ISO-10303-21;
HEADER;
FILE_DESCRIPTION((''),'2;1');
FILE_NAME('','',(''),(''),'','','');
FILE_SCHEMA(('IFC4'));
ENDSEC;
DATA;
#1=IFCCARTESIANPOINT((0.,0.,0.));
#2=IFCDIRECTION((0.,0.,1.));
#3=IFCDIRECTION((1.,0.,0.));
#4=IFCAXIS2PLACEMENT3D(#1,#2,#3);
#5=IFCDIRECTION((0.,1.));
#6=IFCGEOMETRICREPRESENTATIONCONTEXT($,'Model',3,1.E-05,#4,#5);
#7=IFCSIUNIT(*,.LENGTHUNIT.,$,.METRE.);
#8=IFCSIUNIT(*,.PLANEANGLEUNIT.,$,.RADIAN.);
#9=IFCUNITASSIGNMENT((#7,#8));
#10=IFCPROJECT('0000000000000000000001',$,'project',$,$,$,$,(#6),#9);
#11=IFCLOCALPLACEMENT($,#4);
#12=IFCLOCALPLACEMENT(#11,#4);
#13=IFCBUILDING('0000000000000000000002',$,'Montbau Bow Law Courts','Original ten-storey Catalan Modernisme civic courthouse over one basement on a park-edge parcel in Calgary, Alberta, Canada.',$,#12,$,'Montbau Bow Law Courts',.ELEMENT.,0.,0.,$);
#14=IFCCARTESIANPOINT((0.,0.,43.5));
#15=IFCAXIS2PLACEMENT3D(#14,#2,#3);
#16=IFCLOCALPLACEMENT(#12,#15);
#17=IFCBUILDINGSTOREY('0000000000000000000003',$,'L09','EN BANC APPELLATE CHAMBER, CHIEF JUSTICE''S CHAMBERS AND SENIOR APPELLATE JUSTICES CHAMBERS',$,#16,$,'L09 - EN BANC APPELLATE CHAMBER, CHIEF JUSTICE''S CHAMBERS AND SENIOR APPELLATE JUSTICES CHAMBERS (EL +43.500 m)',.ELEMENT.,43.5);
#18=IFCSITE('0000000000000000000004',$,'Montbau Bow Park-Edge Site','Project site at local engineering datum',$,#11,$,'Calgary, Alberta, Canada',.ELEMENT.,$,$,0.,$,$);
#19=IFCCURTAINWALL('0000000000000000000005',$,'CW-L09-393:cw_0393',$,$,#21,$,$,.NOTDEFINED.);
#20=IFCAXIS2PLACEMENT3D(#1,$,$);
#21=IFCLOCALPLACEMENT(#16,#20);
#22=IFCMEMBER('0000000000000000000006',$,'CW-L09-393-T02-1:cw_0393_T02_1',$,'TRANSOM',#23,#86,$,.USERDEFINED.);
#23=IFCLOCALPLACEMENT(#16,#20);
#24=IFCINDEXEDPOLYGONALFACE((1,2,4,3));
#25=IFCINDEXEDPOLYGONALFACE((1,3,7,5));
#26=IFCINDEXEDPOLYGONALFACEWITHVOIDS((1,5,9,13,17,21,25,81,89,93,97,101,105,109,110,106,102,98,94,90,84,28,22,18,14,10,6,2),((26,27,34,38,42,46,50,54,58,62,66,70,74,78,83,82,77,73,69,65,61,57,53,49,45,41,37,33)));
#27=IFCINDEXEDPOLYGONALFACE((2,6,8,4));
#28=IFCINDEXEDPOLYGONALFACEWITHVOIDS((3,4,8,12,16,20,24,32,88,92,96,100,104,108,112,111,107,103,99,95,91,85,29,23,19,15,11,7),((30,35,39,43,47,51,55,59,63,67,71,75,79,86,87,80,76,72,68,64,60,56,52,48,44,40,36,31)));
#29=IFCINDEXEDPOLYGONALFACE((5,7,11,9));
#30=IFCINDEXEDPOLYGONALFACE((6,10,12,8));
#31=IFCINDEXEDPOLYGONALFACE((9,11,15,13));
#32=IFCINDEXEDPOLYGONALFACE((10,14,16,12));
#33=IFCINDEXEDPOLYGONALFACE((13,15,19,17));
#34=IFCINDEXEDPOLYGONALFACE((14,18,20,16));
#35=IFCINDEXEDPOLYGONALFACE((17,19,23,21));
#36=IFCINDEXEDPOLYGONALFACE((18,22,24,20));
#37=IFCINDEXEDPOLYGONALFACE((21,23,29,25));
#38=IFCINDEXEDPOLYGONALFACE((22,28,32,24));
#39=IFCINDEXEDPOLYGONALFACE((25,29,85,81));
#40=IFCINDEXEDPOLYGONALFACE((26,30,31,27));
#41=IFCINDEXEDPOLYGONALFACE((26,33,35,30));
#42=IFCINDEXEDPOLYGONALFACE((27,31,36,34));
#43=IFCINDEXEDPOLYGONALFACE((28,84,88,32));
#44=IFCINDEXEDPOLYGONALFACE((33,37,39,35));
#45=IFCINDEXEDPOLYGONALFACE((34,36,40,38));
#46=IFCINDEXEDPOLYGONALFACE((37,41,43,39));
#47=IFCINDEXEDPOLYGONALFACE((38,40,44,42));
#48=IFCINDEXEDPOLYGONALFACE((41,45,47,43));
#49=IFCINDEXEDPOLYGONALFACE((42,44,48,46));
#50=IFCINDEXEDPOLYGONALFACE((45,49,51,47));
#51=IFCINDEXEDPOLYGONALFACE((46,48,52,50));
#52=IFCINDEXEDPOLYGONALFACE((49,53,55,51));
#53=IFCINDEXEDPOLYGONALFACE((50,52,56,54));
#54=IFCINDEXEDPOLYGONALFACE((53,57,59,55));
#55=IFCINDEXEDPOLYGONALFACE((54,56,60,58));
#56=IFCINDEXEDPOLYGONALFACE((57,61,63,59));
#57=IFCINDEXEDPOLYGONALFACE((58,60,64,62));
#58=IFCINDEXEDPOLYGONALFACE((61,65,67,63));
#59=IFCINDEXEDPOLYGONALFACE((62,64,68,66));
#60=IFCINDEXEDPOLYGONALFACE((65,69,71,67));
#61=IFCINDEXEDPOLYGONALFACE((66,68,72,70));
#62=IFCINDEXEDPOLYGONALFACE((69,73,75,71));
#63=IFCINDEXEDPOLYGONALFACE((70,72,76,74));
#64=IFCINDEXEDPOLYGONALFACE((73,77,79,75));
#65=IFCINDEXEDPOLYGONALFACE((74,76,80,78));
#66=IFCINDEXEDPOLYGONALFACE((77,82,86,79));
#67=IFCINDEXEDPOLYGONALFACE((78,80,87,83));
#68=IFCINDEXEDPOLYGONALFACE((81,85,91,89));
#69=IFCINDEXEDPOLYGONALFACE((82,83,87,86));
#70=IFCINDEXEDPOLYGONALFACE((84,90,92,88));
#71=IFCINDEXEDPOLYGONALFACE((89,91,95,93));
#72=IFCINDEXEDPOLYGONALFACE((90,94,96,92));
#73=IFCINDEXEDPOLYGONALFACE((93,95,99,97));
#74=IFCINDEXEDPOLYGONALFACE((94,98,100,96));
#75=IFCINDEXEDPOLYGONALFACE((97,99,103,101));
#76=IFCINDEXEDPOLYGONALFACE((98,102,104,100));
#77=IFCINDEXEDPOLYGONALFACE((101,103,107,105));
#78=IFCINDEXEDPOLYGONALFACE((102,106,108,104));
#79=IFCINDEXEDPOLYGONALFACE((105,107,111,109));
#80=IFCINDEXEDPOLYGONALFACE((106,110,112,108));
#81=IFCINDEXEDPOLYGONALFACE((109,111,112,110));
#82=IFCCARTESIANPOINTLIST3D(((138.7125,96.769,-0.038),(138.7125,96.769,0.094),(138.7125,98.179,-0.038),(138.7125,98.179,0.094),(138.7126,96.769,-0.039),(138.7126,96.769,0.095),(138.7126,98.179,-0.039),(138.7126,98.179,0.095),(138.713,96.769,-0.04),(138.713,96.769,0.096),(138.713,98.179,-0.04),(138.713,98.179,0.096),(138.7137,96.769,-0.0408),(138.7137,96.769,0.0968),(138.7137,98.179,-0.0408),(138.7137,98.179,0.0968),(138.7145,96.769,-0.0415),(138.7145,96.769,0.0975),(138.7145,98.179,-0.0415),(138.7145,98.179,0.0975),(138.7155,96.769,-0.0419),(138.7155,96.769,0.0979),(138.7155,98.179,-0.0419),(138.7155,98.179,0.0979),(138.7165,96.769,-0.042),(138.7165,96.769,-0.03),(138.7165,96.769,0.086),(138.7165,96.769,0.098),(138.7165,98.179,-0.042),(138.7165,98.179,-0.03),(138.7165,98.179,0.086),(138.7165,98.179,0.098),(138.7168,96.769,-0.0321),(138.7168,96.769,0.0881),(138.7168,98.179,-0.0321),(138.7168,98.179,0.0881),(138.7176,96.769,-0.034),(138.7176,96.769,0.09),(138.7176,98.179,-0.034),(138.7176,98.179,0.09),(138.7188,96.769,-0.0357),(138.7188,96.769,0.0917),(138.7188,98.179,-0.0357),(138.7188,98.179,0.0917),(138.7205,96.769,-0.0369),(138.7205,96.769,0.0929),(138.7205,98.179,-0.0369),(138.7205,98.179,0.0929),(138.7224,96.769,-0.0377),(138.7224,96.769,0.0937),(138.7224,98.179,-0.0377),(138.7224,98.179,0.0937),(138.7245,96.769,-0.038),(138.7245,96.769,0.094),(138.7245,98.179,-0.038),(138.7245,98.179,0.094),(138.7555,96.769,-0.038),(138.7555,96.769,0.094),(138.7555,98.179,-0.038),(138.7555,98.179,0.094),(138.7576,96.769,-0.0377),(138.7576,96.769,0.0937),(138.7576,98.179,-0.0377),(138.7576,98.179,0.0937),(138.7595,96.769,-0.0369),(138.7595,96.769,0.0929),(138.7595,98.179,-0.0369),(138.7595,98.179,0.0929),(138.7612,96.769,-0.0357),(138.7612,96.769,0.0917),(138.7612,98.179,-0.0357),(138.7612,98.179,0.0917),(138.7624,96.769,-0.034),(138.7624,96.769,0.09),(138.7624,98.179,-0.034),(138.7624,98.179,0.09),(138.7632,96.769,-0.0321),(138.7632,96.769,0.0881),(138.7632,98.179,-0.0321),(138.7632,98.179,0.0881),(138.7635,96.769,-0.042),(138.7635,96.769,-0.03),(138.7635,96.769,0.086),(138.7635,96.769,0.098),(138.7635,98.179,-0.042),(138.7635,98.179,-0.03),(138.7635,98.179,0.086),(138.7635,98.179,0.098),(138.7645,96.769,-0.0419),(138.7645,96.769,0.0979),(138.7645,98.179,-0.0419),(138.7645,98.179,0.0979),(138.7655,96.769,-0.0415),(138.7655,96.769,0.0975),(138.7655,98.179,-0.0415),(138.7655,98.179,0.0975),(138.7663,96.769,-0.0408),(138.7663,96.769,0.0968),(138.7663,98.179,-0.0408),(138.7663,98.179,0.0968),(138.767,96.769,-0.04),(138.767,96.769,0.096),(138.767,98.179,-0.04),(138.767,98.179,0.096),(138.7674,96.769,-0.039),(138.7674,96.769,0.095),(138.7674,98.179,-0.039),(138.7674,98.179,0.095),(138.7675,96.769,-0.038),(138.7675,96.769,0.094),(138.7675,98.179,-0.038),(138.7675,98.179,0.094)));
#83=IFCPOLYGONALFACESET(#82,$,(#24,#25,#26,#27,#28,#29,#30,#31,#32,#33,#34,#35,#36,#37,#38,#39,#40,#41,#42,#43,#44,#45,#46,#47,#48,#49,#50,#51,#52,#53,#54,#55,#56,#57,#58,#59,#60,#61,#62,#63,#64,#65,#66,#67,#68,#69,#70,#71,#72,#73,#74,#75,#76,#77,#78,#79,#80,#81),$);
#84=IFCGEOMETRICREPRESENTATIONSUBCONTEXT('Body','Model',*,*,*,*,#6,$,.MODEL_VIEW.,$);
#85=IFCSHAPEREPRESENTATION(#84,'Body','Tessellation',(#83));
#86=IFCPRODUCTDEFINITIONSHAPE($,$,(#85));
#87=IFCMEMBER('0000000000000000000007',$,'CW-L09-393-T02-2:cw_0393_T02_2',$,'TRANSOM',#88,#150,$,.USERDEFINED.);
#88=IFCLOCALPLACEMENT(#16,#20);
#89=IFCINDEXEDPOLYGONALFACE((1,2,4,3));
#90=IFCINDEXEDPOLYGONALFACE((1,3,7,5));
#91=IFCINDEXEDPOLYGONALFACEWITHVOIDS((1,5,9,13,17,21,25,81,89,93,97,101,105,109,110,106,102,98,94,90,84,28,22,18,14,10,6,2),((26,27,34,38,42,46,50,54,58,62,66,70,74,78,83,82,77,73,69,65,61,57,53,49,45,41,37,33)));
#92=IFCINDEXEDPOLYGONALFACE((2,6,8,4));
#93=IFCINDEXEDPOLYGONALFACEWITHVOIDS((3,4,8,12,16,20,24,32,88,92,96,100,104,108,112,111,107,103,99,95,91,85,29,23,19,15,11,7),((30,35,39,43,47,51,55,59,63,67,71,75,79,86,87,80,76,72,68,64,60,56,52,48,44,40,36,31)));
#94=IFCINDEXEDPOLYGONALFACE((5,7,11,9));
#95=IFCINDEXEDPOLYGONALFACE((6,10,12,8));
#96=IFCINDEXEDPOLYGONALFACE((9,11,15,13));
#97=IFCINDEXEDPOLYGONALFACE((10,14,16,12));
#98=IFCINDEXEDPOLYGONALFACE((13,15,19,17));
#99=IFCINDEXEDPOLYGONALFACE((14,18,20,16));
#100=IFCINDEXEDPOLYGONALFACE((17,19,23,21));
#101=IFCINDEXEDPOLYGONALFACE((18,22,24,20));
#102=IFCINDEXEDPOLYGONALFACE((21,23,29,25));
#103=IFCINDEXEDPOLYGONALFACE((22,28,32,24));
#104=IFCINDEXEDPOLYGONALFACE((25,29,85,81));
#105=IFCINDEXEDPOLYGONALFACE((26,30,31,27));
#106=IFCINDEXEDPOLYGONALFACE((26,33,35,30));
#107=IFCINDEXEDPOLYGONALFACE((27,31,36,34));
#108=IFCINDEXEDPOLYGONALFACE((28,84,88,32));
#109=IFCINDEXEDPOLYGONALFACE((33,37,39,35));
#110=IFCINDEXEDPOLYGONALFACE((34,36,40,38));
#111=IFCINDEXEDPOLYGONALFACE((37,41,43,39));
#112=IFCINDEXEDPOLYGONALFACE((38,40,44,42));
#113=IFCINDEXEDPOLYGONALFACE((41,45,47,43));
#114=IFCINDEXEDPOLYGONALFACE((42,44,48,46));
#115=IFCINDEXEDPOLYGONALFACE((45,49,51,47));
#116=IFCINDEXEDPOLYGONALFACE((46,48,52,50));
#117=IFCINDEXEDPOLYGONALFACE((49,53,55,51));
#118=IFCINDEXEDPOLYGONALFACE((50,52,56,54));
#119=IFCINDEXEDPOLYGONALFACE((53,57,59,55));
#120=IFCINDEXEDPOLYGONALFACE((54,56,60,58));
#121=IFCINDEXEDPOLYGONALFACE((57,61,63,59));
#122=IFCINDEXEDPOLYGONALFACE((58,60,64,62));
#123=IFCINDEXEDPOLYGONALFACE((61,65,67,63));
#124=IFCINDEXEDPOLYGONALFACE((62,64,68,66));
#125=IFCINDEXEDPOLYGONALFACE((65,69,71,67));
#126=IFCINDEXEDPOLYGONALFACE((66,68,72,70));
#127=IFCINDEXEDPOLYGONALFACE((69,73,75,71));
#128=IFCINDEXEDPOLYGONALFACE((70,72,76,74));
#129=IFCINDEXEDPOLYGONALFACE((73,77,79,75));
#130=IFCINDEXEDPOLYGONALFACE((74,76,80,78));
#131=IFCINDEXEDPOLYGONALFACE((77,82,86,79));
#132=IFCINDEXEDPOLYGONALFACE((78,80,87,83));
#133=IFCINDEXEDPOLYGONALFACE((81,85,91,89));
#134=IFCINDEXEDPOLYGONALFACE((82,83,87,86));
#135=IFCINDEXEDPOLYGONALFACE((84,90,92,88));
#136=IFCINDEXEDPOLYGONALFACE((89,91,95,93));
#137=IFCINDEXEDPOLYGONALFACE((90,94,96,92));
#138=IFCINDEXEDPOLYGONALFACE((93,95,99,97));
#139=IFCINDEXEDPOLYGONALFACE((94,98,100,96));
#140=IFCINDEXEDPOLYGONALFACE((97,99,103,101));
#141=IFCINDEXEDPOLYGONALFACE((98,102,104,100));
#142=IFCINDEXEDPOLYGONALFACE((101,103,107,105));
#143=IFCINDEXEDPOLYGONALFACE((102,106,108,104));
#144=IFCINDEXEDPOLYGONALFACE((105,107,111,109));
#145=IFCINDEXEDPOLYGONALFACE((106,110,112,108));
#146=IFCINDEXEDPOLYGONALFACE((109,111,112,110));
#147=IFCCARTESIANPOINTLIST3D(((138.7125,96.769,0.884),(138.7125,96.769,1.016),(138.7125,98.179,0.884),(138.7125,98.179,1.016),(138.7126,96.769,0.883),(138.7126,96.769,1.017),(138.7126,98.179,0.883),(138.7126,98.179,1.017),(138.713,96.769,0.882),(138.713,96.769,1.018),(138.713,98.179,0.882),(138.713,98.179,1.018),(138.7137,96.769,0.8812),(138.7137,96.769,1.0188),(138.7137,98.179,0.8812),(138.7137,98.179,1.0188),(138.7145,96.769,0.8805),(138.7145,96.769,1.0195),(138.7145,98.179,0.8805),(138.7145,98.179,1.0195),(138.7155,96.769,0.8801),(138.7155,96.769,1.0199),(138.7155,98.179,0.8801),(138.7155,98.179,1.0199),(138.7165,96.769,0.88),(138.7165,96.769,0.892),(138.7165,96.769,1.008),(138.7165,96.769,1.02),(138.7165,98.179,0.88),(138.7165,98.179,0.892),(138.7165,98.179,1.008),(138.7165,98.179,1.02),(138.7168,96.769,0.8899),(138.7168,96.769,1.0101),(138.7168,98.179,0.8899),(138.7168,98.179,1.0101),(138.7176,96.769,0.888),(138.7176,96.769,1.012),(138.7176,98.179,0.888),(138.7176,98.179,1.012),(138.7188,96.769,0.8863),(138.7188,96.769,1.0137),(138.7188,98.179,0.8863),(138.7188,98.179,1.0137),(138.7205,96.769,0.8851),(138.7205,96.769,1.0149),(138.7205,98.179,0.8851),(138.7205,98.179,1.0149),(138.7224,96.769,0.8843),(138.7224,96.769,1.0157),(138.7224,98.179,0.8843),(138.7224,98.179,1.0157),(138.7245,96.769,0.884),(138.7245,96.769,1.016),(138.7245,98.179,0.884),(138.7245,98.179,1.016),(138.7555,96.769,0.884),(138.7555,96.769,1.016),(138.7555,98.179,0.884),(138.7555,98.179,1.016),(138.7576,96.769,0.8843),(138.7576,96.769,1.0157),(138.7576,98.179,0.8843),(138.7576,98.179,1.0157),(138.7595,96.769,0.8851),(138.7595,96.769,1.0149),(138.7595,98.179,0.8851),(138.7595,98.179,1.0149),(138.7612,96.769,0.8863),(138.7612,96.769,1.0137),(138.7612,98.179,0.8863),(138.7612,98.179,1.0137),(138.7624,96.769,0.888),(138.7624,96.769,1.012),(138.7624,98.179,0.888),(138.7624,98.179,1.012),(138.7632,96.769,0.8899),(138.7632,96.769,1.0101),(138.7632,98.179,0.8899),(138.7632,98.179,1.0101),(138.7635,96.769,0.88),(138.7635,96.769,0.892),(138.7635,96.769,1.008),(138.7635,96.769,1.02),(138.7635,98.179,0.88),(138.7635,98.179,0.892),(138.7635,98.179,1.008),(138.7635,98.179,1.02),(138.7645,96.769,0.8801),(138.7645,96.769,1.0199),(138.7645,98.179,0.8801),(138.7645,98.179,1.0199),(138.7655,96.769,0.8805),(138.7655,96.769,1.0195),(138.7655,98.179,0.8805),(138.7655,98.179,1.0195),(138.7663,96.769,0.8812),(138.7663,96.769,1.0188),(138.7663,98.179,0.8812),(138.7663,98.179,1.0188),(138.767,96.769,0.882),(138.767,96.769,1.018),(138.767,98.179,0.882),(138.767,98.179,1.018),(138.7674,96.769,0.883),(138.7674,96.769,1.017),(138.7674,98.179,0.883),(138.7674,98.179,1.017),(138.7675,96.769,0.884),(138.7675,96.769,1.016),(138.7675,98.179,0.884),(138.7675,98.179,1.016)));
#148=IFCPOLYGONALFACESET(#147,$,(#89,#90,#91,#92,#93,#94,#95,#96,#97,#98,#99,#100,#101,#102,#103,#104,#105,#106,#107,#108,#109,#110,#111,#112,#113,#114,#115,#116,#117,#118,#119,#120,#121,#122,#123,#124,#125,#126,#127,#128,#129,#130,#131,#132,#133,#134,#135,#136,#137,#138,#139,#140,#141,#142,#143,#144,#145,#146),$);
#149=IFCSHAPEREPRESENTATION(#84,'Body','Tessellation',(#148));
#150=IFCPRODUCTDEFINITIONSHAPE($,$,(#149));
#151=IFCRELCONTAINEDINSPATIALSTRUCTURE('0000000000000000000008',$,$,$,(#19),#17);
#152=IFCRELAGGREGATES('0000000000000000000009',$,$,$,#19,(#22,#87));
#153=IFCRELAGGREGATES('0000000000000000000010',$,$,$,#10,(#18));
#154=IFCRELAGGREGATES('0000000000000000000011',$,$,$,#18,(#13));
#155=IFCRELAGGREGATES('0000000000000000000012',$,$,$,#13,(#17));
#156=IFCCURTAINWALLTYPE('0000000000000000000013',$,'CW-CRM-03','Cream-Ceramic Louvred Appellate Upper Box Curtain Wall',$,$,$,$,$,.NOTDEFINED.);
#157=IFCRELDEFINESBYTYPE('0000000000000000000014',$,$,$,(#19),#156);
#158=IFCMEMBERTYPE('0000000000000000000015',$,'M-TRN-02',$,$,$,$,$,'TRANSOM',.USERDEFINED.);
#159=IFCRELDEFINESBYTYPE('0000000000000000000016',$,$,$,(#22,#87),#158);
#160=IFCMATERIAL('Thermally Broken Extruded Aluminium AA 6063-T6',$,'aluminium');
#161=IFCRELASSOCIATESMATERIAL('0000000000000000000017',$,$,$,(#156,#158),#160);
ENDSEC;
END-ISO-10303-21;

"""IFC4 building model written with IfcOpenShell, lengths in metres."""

from ifc_helpers import new_model, si_unit, direction, frame, origin_with_axes, origin_2d_with_axis, place, context, subcontext, project, spatial, hollow_rectangle, extrude, material, material_profile, profile_set, type_object, element, aggregate, save


model = new_model("IFC4")

# Units and contexts
model_context = context("Model", 3, precision=1e-05, world=origin_with_axes(), true_north=direction((0.0, 1.0)))
body_context = subcontext(model_context, "Body", "Model", "MODEL_VIEW")
ifc_project = project(units=[si_unit("LENGTHUNIT", "METRE"), si_unit("PLANEANGLEUNIT", "RADIAN")], contexts=[model_context])

# Site, building, storey
site_placement = place(None, origin_with_axes())
site = spatial("IfcSite", under=ifc_project, at=site_placement, Name="Montbau Bow Park-Edge Site", Description="Project site at local engineering datum", LongName="Calgary, Alberta, Canada", CompositionType="ELEMENT", RefElevation=0.0)
building_placement = place(site_placement, origin_with_axes())
building = spatial("IfcBuilding", under=site, at=building_placement, Name="Montbau Bow Law Courts", Description="Original ten-storey Catalan Modernisme civic courthouse over one basement on a park-edge parcel in Calgary, Alberta, Canada.", LongName="Montbau Bow Law Courts", CompositionType="ELEMENT", ElevationOfRefHeight=0.0, ElevationOfTerrain=0.0)
storey_placement = place(building_placement, frame((0.0, 0.0, 43.5), z_axis=(0.0, 0.0, 1.0), x_axis=(1.0, 0.0, 0.0)))
storey = spatial("IfcBuildingStorey", under=building, at=storey_placement, Name="L09", Description="EN BANC APPELLATE CHAMBER, CHIEF JUSTICE'S CHAMBERS AND SENIOR APPELLATE JUSTICES CHAMBERS", LongName="L09 - EN BANC APPELLATE CHAMBER, CHIEF JUSTICE'S CHAMBERS AND SENIOR APPELLATE JUSTICES CHAMBERS (EL +43.500 m)", CompositionType="ELEMENT", Elevation=43.5)

# Curtain wall, members
ifc_material_1 = material(Name="Thermally Broken Extruded Aluminium AA 6063-T6", Category="aluminium")
curtain_wall_type = type_object("IfcCurtainWallType", Name="CW-CRM-03", Description="Cream-Ceramic Louvred Appellate Upper Box Curtain Wall", PredefinedType="NOTDEFINED", material=ifc_material_1)
curtain_wall_placement = place(None, frame((138.74, 95.24, 43.5), z_axis=(0.0, 0.0, 1.0), x_axis=(1.0, 0.0, 0.0)))
curtain_wall = element("IfcCurtainWall", 1, at=curtain_wall_placement, inside=storey, type_object=curtain_wall_type, Name="CW-L09-393:cw_0393", PredefinedType="NOTDEFINED")
ifc_material_profile_1 = material_profile(ifc_material_1, hollow_rectangle(XDim=0.055, YDim=0.14, WallThickness=0.004, InnerFilletRadius=0.008, OuterFilletRadius=0.004, at=origin_2d_with_axis()), Name="CWT-140X55", Category="Main", Priority=0)
ifc_profile_set_1 = profile_set([ifc_material_profile_1], Name="Thermally Broken Extruded Aluminium AA 6063-T6")
member_type_1 = type_object("IfcMemberType", Name="M-TRN-02", ElementType="TRANSOM", PredefinedType="USERDEFINED", material=ifc_profile_set_1)
member_1_placement = place(None, frame((138.74, 96.769, 43.528), z_axis=(0.0, 1.0, 0.0), x_axis=(-1.0, 0.0, 0.0)))
member_1 = element("IfcMember", 2, at=member_1_placement, type_object=member_type_1, Name="CW-L09-393-T02-1:cw_0393_T02_1", ObjectType="TRANSOM", PredefinedType="USERDEFINED", context=body_context, shape_type="SweptSolid", body=[
    extrude(hollow_rectangle(XDim=0.055, YDim=0.14, WallThickness=0.004, InnerFilletRadius=0.008, OuterFilletRadius=0.004, at=origin_2d_with_axis()), origin_with_axes(), (0.0, 0.0, 1.0), 1.41),
])
member_2_placement = place(None, frame((138.74, 96.769, 44.45), z_axis=(0.0, 1.0, 0.0), x_axis=(-1.0, 0.0, 0.0)))
member_2 = element("IfcMember", 3, at=member_2_placement, type_object=member_type_1, Name="CW-L09-393-T02-2:cw_0393_T02_2", ObjectType="TRANSOM", PredefinedType="USERDEFINED", context=body_context, shape_type="SweptSolid", body=[
    extrude(hollow_rectangle(XDim=0.055, YDim=0.14, WallThickness=0.004, InnerFilletRadius=0.008, OuterFilletRadius=0.004, at=origin_2d_with_axis()), origin_with_axes(), (0.0, 0.0, 1.0), 1.41),
])
aggregate(curtain_wall, [member_1, member_2])

save(model, "model.ifc")
